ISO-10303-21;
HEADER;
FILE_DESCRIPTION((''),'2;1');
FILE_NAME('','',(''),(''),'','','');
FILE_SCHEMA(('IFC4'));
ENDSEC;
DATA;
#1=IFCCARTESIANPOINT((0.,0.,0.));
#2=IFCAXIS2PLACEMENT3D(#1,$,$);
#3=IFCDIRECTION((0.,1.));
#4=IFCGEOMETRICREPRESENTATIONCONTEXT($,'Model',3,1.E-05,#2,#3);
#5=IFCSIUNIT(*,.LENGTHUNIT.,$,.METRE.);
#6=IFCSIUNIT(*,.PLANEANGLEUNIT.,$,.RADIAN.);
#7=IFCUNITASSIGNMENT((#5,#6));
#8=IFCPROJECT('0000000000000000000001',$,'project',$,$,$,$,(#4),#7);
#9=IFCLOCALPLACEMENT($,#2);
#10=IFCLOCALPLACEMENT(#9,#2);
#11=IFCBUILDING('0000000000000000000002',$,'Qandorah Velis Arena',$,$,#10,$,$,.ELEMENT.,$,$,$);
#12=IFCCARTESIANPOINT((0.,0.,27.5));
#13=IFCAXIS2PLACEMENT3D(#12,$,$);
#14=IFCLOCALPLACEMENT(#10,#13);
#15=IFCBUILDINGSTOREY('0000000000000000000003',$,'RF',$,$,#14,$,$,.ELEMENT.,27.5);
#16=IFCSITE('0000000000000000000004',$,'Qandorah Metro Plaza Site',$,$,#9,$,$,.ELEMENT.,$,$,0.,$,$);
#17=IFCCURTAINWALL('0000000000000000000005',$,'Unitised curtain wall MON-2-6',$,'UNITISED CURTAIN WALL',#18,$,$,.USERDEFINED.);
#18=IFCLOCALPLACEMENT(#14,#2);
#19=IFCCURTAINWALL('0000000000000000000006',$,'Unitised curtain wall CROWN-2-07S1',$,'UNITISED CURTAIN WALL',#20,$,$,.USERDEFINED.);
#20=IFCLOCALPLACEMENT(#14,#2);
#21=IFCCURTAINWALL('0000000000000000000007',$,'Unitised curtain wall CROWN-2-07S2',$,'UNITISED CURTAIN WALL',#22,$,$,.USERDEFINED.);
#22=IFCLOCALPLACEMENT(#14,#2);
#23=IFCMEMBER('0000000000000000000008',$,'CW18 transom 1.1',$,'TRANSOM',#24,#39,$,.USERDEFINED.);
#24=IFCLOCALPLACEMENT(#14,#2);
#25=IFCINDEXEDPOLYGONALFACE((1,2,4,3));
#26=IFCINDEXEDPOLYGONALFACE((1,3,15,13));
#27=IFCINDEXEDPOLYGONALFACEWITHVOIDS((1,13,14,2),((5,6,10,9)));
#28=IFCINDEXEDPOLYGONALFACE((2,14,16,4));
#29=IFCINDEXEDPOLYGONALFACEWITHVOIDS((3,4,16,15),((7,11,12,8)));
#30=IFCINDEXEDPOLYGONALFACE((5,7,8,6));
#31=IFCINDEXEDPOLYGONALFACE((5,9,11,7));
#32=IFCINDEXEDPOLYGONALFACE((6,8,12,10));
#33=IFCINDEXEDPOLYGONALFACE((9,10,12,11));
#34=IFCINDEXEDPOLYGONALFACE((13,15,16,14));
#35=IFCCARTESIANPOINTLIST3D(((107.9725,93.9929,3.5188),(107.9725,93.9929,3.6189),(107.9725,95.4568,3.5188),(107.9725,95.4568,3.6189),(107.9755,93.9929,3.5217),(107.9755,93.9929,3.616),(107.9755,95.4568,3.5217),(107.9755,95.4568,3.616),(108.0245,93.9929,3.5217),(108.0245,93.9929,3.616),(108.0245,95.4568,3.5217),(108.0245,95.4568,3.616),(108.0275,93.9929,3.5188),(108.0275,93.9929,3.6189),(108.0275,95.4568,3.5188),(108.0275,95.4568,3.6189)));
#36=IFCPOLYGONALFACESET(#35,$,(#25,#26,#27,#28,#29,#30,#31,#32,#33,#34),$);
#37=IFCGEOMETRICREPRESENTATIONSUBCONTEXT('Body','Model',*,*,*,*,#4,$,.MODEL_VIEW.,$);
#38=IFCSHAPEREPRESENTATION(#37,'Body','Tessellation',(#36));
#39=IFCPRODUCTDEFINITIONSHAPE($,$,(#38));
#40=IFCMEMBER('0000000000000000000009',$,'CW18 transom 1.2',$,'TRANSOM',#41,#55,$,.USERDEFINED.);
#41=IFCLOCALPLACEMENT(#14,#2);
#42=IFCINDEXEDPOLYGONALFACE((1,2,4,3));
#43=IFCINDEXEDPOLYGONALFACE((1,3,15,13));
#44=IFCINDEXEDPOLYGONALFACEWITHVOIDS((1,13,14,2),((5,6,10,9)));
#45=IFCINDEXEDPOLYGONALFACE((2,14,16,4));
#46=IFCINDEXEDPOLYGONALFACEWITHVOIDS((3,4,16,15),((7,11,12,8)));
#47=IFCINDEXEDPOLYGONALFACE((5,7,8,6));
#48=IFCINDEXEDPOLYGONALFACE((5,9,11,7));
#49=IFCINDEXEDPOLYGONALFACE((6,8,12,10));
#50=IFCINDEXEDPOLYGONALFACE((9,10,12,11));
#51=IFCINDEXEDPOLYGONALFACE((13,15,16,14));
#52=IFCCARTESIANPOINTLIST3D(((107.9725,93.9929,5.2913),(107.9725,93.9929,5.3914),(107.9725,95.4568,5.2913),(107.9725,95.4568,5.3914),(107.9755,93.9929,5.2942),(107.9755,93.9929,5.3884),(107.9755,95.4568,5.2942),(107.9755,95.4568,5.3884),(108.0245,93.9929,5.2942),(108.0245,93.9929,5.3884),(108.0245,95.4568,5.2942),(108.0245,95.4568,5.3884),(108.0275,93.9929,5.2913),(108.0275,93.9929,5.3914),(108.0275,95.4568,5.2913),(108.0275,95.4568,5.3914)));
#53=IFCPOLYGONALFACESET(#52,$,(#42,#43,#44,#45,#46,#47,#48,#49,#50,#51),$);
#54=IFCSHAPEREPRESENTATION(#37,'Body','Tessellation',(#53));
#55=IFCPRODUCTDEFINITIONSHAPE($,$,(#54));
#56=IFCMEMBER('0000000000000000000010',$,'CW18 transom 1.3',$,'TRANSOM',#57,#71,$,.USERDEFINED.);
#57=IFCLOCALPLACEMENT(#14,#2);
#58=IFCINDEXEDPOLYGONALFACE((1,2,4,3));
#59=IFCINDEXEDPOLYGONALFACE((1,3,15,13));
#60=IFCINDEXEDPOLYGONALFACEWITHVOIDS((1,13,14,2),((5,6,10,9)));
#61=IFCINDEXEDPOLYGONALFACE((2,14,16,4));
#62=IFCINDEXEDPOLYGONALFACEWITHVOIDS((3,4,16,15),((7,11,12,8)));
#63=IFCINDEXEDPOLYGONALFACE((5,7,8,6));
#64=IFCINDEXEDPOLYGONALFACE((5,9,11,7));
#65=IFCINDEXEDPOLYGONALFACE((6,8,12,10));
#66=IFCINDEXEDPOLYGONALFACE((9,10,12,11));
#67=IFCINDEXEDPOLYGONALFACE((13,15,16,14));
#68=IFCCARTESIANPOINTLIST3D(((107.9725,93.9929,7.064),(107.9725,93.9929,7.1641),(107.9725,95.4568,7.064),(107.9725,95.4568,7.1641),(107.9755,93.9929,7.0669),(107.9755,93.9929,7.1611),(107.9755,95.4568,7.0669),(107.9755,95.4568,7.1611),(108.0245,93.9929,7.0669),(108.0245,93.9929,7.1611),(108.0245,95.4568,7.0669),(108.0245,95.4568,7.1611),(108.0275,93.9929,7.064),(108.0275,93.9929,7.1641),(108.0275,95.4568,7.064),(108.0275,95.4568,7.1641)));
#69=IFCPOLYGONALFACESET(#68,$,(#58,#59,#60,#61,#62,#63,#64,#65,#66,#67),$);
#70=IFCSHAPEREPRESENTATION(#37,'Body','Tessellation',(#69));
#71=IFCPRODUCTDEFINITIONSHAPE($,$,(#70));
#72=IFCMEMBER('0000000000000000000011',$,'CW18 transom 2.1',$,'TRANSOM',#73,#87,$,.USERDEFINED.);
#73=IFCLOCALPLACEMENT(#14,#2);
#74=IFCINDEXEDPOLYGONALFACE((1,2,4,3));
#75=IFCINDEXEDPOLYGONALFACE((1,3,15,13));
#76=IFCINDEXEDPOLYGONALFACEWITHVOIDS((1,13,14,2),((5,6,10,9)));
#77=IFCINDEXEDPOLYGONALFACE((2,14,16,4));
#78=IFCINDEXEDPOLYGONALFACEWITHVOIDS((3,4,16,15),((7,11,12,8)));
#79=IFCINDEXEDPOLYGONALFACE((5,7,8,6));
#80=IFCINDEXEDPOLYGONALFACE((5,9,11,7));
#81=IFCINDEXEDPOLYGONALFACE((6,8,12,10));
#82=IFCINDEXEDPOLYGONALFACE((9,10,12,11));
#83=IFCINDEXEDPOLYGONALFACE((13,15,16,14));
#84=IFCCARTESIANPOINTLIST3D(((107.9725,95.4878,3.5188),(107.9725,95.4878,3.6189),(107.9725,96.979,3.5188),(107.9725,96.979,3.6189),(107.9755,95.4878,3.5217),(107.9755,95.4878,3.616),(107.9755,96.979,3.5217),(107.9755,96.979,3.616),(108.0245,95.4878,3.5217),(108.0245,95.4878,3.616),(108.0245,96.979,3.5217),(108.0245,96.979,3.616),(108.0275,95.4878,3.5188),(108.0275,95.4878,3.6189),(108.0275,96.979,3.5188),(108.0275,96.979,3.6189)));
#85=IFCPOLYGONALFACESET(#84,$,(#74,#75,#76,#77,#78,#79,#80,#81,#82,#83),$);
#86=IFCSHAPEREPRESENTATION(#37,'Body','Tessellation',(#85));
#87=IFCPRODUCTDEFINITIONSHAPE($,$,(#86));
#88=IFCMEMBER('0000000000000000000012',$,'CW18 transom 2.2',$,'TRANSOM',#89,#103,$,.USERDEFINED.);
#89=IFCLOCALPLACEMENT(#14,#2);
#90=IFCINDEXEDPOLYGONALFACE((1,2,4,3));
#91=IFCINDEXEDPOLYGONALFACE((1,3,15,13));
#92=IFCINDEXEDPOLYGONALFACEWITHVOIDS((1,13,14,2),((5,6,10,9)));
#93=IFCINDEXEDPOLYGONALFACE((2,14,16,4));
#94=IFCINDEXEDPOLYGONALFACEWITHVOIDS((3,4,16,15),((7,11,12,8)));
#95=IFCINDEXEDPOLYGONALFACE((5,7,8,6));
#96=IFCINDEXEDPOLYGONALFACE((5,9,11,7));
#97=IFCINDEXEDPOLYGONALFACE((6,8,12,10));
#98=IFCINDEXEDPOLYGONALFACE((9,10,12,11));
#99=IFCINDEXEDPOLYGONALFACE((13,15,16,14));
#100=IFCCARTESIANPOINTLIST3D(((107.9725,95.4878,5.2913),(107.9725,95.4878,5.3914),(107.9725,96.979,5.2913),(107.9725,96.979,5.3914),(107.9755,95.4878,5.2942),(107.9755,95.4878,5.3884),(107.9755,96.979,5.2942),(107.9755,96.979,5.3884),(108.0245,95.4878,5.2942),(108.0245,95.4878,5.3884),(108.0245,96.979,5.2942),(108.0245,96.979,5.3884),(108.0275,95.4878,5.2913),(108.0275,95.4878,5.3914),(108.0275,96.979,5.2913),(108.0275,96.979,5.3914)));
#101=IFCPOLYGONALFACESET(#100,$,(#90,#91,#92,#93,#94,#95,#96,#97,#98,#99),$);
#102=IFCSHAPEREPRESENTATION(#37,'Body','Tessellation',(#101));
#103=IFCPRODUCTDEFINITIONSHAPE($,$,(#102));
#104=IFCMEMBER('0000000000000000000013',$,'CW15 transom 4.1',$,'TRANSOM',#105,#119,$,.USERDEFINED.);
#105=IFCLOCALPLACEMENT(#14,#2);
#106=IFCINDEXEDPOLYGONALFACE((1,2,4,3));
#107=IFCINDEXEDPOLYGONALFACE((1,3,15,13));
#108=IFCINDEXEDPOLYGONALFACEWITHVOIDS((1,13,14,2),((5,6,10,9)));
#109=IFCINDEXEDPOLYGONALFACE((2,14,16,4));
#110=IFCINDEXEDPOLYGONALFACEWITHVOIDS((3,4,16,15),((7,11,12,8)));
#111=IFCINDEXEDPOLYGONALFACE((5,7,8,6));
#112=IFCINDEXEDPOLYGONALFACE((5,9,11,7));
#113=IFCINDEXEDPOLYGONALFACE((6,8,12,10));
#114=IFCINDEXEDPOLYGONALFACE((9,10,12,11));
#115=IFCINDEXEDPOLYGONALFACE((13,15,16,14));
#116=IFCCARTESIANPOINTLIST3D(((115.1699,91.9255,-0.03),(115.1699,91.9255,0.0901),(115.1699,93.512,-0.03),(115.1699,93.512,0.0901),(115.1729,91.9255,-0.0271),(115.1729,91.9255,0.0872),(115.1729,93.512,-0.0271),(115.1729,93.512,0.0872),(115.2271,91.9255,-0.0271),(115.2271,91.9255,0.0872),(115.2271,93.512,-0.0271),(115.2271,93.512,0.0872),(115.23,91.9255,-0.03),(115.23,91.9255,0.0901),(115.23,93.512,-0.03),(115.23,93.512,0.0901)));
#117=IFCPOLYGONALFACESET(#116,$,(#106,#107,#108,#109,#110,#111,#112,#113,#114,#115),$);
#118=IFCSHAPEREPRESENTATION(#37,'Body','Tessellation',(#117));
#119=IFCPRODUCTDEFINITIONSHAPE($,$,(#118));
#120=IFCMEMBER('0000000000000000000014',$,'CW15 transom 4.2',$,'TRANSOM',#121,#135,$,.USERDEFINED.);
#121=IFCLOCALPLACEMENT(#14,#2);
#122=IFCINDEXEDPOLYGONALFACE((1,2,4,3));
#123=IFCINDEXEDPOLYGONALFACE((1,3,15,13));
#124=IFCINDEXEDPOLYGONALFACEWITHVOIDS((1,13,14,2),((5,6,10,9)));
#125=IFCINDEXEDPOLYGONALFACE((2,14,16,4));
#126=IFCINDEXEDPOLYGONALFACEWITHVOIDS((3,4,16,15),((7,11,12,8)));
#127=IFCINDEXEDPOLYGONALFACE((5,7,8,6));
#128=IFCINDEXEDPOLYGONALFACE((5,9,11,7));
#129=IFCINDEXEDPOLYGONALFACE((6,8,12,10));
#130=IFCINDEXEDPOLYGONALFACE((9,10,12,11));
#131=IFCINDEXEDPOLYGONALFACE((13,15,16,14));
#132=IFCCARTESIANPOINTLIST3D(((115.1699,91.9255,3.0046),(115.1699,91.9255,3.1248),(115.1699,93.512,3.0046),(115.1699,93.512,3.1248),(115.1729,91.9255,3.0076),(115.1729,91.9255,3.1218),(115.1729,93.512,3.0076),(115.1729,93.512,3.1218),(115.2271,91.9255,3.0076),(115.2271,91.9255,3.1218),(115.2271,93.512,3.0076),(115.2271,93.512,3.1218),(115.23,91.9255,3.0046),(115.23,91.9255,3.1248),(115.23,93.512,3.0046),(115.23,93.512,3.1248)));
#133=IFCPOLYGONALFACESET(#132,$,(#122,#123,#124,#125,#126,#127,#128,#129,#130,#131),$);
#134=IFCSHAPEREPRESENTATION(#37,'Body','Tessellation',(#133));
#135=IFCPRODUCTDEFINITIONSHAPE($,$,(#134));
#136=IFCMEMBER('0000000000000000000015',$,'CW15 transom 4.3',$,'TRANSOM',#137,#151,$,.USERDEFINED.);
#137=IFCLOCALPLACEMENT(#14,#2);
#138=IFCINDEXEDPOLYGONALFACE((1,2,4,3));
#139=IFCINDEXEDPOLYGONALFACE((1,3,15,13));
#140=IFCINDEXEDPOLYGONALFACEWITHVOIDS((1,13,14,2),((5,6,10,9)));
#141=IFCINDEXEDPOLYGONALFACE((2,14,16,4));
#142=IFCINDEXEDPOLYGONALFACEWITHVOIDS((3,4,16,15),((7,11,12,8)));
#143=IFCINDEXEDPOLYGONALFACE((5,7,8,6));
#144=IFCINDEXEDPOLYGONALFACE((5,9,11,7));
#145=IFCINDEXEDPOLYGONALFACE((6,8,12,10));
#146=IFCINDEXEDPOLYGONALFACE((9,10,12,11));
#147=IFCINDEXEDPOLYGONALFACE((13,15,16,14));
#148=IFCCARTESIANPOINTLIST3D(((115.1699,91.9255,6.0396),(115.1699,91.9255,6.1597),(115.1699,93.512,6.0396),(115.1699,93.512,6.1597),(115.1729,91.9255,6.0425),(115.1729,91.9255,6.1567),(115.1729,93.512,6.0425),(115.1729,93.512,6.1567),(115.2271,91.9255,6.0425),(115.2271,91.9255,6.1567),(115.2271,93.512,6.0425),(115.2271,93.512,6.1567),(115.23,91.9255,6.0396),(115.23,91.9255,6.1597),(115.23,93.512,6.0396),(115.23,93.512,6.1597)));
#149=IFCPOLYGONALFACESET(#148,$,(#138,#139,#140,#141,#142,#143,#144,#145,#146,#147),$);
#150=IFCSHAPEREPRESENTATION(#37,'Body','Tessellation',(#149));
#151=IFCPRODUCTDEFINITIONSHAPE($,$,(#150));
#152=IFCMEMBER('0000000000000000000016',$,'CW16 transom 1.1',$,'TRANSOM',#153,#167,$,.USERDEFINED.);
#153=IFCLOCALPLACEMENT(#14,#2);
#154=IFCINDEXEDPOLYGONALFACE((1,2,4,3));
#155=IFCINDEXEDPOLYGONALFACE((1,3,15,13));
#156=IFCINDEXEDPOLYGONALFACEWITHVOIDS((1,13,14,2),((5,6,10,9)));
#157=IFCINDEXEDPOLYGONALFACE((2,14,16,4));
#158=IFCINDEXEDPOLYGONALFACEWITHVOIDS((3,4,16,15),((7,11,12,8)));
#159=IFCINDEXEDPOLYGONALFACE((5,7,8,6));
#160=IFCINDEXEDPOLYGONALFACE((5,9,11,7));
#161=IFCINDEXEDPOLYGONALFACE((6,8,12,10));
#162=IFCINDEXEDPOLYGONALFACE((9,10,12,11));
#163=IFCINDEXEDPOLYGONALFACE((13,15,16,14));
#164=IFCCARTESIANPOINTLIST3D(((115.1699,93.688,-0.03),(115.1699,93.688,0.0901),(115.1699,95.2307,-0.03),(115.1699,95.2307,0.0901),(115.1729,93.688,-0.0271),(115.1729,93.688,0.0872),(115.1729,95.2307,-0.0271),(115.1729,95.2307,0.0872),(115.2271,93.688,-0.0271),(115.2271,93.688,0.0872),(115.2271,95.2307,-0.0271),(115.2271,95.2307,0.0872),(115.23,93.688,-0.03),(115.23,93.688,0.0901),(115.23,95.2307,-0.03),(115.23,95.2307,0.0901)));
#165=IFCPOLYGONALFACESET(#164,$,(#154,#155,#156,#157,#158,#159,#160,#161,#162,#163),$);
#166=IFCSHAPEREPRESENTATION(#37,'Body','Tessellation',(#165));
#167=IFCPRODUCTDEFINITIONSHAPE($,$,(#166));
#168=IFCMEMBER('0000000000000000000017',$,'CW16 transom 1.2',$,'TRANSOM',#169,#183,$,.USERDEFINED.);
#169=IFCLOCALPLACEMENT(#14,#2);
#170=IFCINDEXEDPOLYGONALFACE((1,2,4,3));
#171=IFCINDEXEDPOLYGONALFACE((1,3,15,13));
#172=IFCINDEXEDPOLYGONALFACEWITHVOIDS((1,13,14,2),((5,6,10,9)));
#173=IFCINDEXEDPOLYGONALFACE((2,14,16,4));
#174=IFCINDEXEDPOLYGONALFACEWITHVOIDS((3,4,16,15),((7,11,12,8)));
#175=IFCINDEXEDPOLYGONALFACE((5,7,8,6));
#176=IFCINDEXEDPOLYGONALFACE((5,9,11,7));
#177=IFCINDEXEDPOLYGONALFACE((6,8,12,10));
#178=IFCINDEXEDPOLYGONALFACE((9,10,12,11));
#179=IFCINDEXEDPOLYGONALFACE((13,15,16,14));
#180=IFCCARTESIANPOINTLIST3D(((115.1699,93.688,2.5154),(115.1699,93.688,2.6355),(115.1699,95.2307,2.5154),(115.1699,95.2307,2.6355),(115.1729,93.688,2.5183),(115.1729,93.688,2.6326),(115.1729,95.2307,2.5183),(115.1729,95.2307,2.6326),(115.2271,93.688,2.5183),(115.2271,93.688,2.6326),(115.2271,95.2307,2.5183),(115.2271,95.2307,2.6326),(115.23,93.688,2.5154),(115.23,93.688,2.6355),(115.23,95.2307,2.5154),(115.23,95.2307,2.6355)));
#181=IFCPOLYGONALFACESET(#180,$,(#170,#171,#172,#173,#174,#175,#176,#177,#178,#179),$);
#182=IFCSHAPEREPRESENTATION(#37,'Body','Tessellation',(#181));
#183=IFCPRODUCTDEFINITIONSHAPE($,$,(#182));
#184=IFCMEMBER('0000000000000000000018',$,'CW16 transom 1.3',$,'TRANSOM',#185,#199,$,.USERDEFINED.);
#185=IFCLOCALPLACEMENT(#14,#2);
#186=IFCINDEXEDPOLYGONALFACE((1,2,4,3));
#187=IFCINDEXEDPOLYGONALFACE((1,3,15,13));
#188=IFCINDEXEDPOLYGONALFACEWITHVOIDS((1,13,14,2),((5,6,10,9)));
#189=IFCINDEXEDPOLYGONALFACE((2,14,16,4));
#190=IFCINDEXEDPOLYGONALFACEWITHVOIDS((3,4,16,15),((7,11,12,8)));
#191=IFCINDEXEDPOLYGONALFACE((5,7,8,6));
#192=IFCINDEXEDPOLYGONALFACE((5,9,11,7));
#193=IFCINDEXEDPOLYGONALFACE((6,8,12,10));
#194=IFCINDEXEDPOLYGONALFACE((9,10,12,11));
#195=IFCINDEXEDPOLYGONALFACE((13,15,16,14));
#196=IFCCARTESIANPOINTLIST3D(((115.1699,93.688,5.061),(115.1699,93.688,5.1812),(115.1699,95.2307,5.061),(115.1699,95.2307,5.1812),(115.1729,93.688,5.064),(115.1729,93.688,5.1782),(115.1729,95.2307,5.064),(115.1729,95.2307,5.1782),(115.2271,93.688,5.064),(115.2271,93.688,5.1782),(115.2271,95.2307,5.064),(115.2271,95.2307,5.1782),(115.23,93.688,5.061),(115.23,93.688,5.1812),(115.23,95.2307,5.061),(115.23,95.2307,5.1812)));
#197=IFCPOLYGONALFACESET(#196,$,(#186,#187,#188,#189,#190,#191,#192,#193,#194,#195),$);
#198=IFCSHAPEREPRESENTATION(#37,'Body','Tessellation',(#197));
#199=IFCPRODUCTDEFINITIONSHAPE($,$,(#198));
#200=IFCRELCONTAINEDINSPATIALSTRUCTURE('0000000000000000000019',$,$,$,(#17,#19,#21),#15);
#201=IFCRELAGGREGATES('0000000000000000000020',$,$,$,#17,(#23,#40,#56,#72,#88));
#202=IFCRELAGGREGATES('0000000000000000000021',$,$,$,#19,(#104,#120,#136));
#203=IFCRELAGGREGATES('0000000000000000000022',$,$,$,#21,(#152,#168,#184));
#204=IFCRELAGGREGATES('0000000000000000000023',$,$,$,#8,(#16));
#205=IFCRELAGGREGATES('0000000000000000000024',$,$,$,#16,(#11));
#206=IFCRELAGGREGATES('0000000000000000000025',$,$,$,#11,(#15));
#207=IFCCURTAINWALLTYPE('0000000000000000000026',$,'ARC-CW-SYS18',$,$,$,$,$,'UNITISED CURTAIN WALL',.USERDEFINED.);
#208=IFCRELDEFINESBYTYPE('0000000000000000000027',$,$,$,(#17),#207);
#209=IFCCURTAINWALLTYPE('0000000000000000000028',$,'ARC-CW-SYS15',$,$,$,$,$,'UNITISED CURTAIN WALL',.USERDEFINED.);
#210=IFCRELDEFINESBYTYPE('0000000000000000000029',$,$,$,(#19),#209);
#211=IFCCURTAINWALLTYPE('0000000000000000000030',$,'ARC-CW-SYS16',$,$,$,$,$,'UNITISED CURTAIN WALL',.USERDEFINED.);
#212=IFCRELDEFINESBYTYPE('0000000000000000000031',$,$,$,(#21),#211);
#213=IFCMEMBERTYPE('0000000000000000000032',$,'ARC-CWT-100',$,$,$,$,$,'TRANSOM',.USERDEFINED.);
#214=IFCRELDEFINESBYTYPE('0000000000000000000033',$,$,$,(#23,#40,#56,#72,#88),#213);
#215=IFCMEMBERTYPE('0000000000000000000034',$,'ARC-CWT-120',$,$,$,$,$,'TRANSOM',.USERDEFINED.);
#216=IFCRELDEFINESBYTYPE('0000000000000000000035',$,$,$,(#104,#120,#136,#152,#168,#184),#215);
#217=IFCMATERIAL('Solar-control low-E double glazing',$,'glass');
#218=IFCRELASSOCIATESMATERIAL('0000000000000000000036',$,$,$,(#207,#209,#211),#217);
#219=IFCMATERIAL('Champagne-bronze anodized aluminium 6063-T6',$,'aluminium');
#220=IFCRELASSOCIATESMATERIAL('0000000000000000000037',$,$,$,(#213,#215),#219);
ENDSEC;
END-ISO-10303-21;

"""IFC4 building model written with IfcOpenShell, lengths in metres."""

from ifc_helpers import new_model, si_unit, direction, frame, origin, origin_2d, place, context, subcontext, project, spatial, hollow_rectangle, extrude, material, material_profile, profile_set, type_object, element, aggregate, save


model = new_model("IFC4")

# Units and contexts
model_context = context("Model", 3, precision=1e-05, world=origin(), true_north=direction((0.0, 1.0)))
body_context = subcontext(model_context, "Body", "Model", "MODEL_VIEW")
ifc_project = project(units=[si_unit("LENGTHUNIT", "METRE"), si_unit("PLANEANGLEUNIT", "RADIAN")], contexts=[model_context])

# Site, building, storey
site_placement = place(None, origin())
site = spatial("IfcSite", under=ifc_project, at=site_placement, Name="Qandorah Metro Plaza Site", CompositionType="ELEMENT", RefElevation=0.0)
building_placement = place(site_placement, origin())
building = spatial("IfcBuilding", under=site, at=building_placement, Name="Qandorah Velis Arena", CompositionType="ELEMENT")
storey_placement = place(building_placement, frame((0.0, 0.0, 27.5)))
storey = spatial("IfcBuildingStorey", under=building, at=storey_placement, Name="RF", CompositionType="ELEMENT", Elevation=27.5)

# Curtain walls
ifc_material_1 = material(Name="Solar-control low-E double glazing", Category="glass")
ifc_material_2 = material(Name="Champagne-bronze anodized aluminium 6063-T6", Category="aluminium")
curtain_wall_type_1 = type_object("IfcCurtainWallType", Name="ARC-CW-SYS18", ElementType="UNITISED CURTAIN WALL", PredefinedType="USERDEFINED", material=ifc_material_1)
curtain_wall_1_placement = place(storey_placement, origin())
curtain_wall_1 = element("IfcCurtainWall", 1, at=curtain_wall_1_placement, inside=storey, type_object=curtain_wall_type_1, Name="Unitised curtain wall MON-2-6", ObjectType="UNITISED CURTAIN WALL", PredefinedType="USERDEFINED")
curtain_wall_type_2 = type_object("IfcCurtainWallType", Name="ARC-CW-SYS15", ElementType="UNITISED CURTAIN WALL", PredefinedType="USERDEFINED", material=ifc_material_1)
curtain_wall_2_placement = place(storey_placement, origin())
curtain_wall_2 = element("IfcCurtainWall", 2, at=curtain_wall_2_placement, inside=storey, type_object=curtain_wall_type_2, Name="Unitised curtain wall CROWN-2-07S1", ObjectType="UNITISED CURTAIN WALL", PredefinedType="USERDEFINED")
curtain_wall_type_3 = type_object("IfcCurtainWallType", Name="ARC-CW-SYS16", ElementType="UNITISED CURTAIN WALL", PredefinedType="USERDEFINED", material=ifc_material_1)
curtain_wall_3_placement = place(storey_placement, origin())
curtain_wall_3 = element("IfcCurtainWall", 3, at=curtain_wall_3_placement, inside=storey, type_object=curtain_wall_type_3, Name="Unitised curtain wall CROWN-2-07S2", ObjectType="UNITISED CURTAIN WALL", PredefinedType="USERDEFINED")

# Members
ifc_material_profile_1 = material_profile(ifc_material_2, hollow_rectangle(XDim=0.0549, YDim=0.1001, WallThickness=0.0029, at=origin_2d()), Name="ALU TRANSOM 55x100")
ifc_profile_set_1 = profile_set([ifc_material_profile_1], Name="Champagne-bronze anodized aluminium 6063-T6")
member_type_1 = type_object("IfcMemberType", Name="ARC-CWT-100", ElementType="TRANSOM", PredefinedType="USERDEFINED", material=ifc_profile_set_1)
member_1_placement = place(storey_placement, frame((108.0, 93.9929, 3.5688), z_axis=(0.0, 1.0, 0.0), x_axis=(-1.0, 0.0, 0.0)))
member_1 = element("IfcMember", 4, at=member_1_placement, type_object=member_type_1, Name="CW18 transom 1.1", ObjectType="TRANSOM", PredefinedType="USERDEFINED", context=body_context, shape_type="SweptSolid", body=[
    extrude(hollow_rectangle(XDim=0.0549, YDim=0.1001, WallThickness=0.0029, at=origin_2d()), origin(), (0.0, 0.0, 1.0), 1.4639),
])
member_2_placement = place(storey_placement, frame((108.0, 93.9929, 5.3413), z_axis=(0.0, 1.0, 0.0), x_axis=(-1.0, 0.0, 0.0)))
member_2 = element("IfcMember", 5, at=member_2_placement, type_object=member_type_1, Name="CW18 transom 1.2", ObjectType="TRANSOM", PredefinedType="USERDEFINED", context=body_context, shape_type="SweptSolid", body=[
    extrude(hollow_rectangle(XDim=0.0549, YDim=0.1001, WallThickness=0.0029, at=origin_2d()), origin(), (0.0, 0.0, 1.0), 1.4639),
])
member_3_placement = place(storey_placement, frame((108.0, 93.9929, 7.114), z_axis=(0.0, 1.0, 0.0), x_axis=(-1.0, 0.0, 0.0)))
member_3 = element("IfcMember", 6, at=member_3_placement, type_object=member_type_1, Name="CW18 transom 1.3", ObjectType="TRANSOM", PredefinedType="USERDEFINED", context=body_context, shape_type="SweptSolid", body=[
    extrude(hollow_rectangle(XDim=0.0549, YDim=0.1001, WallThickness=0.0029, at=origin_2d()), origin(), (0.0, 0.0, 1.0), 1.4639),
])
member_4_placement = place(storey_placement, frame((108.0, 95.4878, 3.5688), z_axis=(0.0, 1.0, 0.0), x_axis=(-1.0, 0.0, 0.0)))
member_4 = element("IfcMember", 7, at=member_4_placement, type_object=member_type_1, Name="CW18 transom 2.1", ObjectType="TRANSOM", PredefinedType="USERDEFINED", context=body_context, shape_type="SweptSolid", body=[
    extrude(hollow_rectangle(XDim=0.0549, YDim=0.1001, WallThickness=0.0029, at=origin_2d()), origin(), (0.0, 0.0, 1.0), 1.4912),
])
member_5_placement = place(storey_placement, frame((108.0, 95.4878, 5.3413), z_axis=(0.0, 1.0, 0.0), x_axis=(-1.0, 0.0, 0.0)))
member_5 = element("IfcMember", 8, at=member_5_placement, type_object=member_type_1, Name="CW18 transom 2.2", ObjectType="TRANSOM", PredefinedType="USERDEFINED", context=body_context, shape_type="SweptSolid", body=[
    extrude(hollow_rectangle(XDim=0.0549, YDim=0.1001, WallThickness=0.0029, at=origin_2d()), origin(), (0.0, 0.0, 1.0), 1.4912),
])
ifc_material_profile_2 = material_profile(ifc_material_2, hollow_rectangle(XDim=0.0601, YDim=0.1201, WallThickness=0.0029, at=origin_2d()), Name="ALU TRANSOM 60x120")
ifc_profile_set_2 = profile_set([ifc_material_profile_2], Name="Champagne-bronze anodized aluminium 6063-T6")
member_type_2 = type_object("IfcMemberType", Name="ARC-CWT-120", ElementType="TRANSOM", PredefinedType="USERDEFINED", material=ifc_profile_set_2)
member_6_placement = place(storey_placement, frame((115.2, 91.9255, 0.03), z_axis=(0.0, 1.0, 0.0), x_axis=(-1.0, 0.0, 0.0)))
member_6 = element("IfcMember", 9, at=member_6_placement, type_object=member_type_2, Name="CW15 transom 4.1", ObjectType="TRANSOM", PredefinedType="USERDEFINED", context=body_context, shape_type="SweptSolid", body=[
    extrude(hollow_rectangle(XDim=0.0601, YDim=0.1201, WallThickness=0.0029, at=origin_2d()), origin(), (0.0, 0.0, 1.0), 1.5864),
])
member_7_placement = place(storey_placement, frame((115.2, 91.9255, 3.0647), z_axis=(0.0, 1.0, 0.0), x_axis=(-1.0, 0.0, 0.0)))
member_7 = element("IfcMember", 10, at=member_7_placement, type_object=member_type_2, Name="CW15 transom 4.2", ObjectType="TRANSOM", PredefinedType="USERDEFINED", context=body_context, shape_type="SweptSolid", body=[
    extrude(hollow_rectangle(XDim=0.0601, YDim=0.1201, WallThickness=0.0029, at=origin_2d()), origin(), (0.0, 0.0, 1.0), 1.5864),
])
member_8_placement = place(storey_placement, frame((115.2, 91.9255, 6.0996), z_axis=(0.0, 1.0, 0.0), x_axis=(-1.0, 0.0, 0.0)))
member_8 = element("IfcMember", 11, at=member_8_placement, type_object=member_type_2, Name="CW15 transom 4.3", ObjectType="TRANSOM", PredefinedType="USERDEFINED", context=body_context, shape_type="SweptSolid", body=[
    extrude(hollow_rectangle(XDim=0.0601, YDim=0.1201, WallThickness=0.0029, at=origin_2d()), origin(), (0.0, 0.0, 1.0), 1.5864),
])
member_9_placement = place(storey_placement, frame((115.2, 93.688, 0.03), z_axis=(0.0, 1.0, 0.0), x_axis=(-1.0, 0.0, 0.0)))
member_9 = element("IfcMember", 12, at=member_9_placement, type_object=member_type_2, Name="CW16 transom 1.1", ObjectType="TRANSOM", PredefinedType="USERDEFINED", context=body_context, shape_type="SweptSolid", body=[
    extrude(hollow_rectangle(XDim=0.0601, YDim=0.1201, WallThickness=0.0029, at=origin_2d()), origin(), (0.0, 0.0, 1.0), 1.5427),
])
member_10_placement = place(storey_placement, frame((115.2, 93.688, 2.5754), z_axis=(0.0, 1.0, 0.0), x_axis=(-1.0, 0.0, 0.0)))
member_10 = element("IfcMember", 13, at=member_10_placement, type_object=member_type_2, Name="CW16 transom 1.2", ObjectType="TRANSOM", PredefinedType="USERDEFINED", context=body_context, shape_type="SweptSolid", body=[
    extrude(hollow_rectangle(XDim=0.0601, YDim=0.1201, WallThickness=0.0029, at=origin_2d()), origin(), (0.0, 0.0, 1.0), 1.5427),
])
member_11_placement = place(storey_placement, frame((115.2, 93.688, 5.1211), z_axis=(0.0, 1.0, 0.0), x_axis=(-1.0, 0.0, 0.0)))
member_11 = element("IfcMember", 14, at=member_11_placement, type_object=member_type_2, Name="CW16 transom 1.3", ObjectType="TRANSOM", PredefinedType="USERDEFINED", context=body_context, shape_type="SweptSolid", body=[
    extrude(hollow_rectangle(XDim=0.0601, YDim=0.1201, WallThickness=0.0029, at=origin_2d()), origin(), (0.0, 0.0, 1.0), 1.5427),
])

aggregate(curtain_wall_1, [member_1, member_2, member_3, member_4, member_5])
aggregate(curtain_wall_2, [member_6, member_7, member_8])
aggregate(curtain_wall_3, [member_9, member_10, member_11])

save(model, "model.ifc")
